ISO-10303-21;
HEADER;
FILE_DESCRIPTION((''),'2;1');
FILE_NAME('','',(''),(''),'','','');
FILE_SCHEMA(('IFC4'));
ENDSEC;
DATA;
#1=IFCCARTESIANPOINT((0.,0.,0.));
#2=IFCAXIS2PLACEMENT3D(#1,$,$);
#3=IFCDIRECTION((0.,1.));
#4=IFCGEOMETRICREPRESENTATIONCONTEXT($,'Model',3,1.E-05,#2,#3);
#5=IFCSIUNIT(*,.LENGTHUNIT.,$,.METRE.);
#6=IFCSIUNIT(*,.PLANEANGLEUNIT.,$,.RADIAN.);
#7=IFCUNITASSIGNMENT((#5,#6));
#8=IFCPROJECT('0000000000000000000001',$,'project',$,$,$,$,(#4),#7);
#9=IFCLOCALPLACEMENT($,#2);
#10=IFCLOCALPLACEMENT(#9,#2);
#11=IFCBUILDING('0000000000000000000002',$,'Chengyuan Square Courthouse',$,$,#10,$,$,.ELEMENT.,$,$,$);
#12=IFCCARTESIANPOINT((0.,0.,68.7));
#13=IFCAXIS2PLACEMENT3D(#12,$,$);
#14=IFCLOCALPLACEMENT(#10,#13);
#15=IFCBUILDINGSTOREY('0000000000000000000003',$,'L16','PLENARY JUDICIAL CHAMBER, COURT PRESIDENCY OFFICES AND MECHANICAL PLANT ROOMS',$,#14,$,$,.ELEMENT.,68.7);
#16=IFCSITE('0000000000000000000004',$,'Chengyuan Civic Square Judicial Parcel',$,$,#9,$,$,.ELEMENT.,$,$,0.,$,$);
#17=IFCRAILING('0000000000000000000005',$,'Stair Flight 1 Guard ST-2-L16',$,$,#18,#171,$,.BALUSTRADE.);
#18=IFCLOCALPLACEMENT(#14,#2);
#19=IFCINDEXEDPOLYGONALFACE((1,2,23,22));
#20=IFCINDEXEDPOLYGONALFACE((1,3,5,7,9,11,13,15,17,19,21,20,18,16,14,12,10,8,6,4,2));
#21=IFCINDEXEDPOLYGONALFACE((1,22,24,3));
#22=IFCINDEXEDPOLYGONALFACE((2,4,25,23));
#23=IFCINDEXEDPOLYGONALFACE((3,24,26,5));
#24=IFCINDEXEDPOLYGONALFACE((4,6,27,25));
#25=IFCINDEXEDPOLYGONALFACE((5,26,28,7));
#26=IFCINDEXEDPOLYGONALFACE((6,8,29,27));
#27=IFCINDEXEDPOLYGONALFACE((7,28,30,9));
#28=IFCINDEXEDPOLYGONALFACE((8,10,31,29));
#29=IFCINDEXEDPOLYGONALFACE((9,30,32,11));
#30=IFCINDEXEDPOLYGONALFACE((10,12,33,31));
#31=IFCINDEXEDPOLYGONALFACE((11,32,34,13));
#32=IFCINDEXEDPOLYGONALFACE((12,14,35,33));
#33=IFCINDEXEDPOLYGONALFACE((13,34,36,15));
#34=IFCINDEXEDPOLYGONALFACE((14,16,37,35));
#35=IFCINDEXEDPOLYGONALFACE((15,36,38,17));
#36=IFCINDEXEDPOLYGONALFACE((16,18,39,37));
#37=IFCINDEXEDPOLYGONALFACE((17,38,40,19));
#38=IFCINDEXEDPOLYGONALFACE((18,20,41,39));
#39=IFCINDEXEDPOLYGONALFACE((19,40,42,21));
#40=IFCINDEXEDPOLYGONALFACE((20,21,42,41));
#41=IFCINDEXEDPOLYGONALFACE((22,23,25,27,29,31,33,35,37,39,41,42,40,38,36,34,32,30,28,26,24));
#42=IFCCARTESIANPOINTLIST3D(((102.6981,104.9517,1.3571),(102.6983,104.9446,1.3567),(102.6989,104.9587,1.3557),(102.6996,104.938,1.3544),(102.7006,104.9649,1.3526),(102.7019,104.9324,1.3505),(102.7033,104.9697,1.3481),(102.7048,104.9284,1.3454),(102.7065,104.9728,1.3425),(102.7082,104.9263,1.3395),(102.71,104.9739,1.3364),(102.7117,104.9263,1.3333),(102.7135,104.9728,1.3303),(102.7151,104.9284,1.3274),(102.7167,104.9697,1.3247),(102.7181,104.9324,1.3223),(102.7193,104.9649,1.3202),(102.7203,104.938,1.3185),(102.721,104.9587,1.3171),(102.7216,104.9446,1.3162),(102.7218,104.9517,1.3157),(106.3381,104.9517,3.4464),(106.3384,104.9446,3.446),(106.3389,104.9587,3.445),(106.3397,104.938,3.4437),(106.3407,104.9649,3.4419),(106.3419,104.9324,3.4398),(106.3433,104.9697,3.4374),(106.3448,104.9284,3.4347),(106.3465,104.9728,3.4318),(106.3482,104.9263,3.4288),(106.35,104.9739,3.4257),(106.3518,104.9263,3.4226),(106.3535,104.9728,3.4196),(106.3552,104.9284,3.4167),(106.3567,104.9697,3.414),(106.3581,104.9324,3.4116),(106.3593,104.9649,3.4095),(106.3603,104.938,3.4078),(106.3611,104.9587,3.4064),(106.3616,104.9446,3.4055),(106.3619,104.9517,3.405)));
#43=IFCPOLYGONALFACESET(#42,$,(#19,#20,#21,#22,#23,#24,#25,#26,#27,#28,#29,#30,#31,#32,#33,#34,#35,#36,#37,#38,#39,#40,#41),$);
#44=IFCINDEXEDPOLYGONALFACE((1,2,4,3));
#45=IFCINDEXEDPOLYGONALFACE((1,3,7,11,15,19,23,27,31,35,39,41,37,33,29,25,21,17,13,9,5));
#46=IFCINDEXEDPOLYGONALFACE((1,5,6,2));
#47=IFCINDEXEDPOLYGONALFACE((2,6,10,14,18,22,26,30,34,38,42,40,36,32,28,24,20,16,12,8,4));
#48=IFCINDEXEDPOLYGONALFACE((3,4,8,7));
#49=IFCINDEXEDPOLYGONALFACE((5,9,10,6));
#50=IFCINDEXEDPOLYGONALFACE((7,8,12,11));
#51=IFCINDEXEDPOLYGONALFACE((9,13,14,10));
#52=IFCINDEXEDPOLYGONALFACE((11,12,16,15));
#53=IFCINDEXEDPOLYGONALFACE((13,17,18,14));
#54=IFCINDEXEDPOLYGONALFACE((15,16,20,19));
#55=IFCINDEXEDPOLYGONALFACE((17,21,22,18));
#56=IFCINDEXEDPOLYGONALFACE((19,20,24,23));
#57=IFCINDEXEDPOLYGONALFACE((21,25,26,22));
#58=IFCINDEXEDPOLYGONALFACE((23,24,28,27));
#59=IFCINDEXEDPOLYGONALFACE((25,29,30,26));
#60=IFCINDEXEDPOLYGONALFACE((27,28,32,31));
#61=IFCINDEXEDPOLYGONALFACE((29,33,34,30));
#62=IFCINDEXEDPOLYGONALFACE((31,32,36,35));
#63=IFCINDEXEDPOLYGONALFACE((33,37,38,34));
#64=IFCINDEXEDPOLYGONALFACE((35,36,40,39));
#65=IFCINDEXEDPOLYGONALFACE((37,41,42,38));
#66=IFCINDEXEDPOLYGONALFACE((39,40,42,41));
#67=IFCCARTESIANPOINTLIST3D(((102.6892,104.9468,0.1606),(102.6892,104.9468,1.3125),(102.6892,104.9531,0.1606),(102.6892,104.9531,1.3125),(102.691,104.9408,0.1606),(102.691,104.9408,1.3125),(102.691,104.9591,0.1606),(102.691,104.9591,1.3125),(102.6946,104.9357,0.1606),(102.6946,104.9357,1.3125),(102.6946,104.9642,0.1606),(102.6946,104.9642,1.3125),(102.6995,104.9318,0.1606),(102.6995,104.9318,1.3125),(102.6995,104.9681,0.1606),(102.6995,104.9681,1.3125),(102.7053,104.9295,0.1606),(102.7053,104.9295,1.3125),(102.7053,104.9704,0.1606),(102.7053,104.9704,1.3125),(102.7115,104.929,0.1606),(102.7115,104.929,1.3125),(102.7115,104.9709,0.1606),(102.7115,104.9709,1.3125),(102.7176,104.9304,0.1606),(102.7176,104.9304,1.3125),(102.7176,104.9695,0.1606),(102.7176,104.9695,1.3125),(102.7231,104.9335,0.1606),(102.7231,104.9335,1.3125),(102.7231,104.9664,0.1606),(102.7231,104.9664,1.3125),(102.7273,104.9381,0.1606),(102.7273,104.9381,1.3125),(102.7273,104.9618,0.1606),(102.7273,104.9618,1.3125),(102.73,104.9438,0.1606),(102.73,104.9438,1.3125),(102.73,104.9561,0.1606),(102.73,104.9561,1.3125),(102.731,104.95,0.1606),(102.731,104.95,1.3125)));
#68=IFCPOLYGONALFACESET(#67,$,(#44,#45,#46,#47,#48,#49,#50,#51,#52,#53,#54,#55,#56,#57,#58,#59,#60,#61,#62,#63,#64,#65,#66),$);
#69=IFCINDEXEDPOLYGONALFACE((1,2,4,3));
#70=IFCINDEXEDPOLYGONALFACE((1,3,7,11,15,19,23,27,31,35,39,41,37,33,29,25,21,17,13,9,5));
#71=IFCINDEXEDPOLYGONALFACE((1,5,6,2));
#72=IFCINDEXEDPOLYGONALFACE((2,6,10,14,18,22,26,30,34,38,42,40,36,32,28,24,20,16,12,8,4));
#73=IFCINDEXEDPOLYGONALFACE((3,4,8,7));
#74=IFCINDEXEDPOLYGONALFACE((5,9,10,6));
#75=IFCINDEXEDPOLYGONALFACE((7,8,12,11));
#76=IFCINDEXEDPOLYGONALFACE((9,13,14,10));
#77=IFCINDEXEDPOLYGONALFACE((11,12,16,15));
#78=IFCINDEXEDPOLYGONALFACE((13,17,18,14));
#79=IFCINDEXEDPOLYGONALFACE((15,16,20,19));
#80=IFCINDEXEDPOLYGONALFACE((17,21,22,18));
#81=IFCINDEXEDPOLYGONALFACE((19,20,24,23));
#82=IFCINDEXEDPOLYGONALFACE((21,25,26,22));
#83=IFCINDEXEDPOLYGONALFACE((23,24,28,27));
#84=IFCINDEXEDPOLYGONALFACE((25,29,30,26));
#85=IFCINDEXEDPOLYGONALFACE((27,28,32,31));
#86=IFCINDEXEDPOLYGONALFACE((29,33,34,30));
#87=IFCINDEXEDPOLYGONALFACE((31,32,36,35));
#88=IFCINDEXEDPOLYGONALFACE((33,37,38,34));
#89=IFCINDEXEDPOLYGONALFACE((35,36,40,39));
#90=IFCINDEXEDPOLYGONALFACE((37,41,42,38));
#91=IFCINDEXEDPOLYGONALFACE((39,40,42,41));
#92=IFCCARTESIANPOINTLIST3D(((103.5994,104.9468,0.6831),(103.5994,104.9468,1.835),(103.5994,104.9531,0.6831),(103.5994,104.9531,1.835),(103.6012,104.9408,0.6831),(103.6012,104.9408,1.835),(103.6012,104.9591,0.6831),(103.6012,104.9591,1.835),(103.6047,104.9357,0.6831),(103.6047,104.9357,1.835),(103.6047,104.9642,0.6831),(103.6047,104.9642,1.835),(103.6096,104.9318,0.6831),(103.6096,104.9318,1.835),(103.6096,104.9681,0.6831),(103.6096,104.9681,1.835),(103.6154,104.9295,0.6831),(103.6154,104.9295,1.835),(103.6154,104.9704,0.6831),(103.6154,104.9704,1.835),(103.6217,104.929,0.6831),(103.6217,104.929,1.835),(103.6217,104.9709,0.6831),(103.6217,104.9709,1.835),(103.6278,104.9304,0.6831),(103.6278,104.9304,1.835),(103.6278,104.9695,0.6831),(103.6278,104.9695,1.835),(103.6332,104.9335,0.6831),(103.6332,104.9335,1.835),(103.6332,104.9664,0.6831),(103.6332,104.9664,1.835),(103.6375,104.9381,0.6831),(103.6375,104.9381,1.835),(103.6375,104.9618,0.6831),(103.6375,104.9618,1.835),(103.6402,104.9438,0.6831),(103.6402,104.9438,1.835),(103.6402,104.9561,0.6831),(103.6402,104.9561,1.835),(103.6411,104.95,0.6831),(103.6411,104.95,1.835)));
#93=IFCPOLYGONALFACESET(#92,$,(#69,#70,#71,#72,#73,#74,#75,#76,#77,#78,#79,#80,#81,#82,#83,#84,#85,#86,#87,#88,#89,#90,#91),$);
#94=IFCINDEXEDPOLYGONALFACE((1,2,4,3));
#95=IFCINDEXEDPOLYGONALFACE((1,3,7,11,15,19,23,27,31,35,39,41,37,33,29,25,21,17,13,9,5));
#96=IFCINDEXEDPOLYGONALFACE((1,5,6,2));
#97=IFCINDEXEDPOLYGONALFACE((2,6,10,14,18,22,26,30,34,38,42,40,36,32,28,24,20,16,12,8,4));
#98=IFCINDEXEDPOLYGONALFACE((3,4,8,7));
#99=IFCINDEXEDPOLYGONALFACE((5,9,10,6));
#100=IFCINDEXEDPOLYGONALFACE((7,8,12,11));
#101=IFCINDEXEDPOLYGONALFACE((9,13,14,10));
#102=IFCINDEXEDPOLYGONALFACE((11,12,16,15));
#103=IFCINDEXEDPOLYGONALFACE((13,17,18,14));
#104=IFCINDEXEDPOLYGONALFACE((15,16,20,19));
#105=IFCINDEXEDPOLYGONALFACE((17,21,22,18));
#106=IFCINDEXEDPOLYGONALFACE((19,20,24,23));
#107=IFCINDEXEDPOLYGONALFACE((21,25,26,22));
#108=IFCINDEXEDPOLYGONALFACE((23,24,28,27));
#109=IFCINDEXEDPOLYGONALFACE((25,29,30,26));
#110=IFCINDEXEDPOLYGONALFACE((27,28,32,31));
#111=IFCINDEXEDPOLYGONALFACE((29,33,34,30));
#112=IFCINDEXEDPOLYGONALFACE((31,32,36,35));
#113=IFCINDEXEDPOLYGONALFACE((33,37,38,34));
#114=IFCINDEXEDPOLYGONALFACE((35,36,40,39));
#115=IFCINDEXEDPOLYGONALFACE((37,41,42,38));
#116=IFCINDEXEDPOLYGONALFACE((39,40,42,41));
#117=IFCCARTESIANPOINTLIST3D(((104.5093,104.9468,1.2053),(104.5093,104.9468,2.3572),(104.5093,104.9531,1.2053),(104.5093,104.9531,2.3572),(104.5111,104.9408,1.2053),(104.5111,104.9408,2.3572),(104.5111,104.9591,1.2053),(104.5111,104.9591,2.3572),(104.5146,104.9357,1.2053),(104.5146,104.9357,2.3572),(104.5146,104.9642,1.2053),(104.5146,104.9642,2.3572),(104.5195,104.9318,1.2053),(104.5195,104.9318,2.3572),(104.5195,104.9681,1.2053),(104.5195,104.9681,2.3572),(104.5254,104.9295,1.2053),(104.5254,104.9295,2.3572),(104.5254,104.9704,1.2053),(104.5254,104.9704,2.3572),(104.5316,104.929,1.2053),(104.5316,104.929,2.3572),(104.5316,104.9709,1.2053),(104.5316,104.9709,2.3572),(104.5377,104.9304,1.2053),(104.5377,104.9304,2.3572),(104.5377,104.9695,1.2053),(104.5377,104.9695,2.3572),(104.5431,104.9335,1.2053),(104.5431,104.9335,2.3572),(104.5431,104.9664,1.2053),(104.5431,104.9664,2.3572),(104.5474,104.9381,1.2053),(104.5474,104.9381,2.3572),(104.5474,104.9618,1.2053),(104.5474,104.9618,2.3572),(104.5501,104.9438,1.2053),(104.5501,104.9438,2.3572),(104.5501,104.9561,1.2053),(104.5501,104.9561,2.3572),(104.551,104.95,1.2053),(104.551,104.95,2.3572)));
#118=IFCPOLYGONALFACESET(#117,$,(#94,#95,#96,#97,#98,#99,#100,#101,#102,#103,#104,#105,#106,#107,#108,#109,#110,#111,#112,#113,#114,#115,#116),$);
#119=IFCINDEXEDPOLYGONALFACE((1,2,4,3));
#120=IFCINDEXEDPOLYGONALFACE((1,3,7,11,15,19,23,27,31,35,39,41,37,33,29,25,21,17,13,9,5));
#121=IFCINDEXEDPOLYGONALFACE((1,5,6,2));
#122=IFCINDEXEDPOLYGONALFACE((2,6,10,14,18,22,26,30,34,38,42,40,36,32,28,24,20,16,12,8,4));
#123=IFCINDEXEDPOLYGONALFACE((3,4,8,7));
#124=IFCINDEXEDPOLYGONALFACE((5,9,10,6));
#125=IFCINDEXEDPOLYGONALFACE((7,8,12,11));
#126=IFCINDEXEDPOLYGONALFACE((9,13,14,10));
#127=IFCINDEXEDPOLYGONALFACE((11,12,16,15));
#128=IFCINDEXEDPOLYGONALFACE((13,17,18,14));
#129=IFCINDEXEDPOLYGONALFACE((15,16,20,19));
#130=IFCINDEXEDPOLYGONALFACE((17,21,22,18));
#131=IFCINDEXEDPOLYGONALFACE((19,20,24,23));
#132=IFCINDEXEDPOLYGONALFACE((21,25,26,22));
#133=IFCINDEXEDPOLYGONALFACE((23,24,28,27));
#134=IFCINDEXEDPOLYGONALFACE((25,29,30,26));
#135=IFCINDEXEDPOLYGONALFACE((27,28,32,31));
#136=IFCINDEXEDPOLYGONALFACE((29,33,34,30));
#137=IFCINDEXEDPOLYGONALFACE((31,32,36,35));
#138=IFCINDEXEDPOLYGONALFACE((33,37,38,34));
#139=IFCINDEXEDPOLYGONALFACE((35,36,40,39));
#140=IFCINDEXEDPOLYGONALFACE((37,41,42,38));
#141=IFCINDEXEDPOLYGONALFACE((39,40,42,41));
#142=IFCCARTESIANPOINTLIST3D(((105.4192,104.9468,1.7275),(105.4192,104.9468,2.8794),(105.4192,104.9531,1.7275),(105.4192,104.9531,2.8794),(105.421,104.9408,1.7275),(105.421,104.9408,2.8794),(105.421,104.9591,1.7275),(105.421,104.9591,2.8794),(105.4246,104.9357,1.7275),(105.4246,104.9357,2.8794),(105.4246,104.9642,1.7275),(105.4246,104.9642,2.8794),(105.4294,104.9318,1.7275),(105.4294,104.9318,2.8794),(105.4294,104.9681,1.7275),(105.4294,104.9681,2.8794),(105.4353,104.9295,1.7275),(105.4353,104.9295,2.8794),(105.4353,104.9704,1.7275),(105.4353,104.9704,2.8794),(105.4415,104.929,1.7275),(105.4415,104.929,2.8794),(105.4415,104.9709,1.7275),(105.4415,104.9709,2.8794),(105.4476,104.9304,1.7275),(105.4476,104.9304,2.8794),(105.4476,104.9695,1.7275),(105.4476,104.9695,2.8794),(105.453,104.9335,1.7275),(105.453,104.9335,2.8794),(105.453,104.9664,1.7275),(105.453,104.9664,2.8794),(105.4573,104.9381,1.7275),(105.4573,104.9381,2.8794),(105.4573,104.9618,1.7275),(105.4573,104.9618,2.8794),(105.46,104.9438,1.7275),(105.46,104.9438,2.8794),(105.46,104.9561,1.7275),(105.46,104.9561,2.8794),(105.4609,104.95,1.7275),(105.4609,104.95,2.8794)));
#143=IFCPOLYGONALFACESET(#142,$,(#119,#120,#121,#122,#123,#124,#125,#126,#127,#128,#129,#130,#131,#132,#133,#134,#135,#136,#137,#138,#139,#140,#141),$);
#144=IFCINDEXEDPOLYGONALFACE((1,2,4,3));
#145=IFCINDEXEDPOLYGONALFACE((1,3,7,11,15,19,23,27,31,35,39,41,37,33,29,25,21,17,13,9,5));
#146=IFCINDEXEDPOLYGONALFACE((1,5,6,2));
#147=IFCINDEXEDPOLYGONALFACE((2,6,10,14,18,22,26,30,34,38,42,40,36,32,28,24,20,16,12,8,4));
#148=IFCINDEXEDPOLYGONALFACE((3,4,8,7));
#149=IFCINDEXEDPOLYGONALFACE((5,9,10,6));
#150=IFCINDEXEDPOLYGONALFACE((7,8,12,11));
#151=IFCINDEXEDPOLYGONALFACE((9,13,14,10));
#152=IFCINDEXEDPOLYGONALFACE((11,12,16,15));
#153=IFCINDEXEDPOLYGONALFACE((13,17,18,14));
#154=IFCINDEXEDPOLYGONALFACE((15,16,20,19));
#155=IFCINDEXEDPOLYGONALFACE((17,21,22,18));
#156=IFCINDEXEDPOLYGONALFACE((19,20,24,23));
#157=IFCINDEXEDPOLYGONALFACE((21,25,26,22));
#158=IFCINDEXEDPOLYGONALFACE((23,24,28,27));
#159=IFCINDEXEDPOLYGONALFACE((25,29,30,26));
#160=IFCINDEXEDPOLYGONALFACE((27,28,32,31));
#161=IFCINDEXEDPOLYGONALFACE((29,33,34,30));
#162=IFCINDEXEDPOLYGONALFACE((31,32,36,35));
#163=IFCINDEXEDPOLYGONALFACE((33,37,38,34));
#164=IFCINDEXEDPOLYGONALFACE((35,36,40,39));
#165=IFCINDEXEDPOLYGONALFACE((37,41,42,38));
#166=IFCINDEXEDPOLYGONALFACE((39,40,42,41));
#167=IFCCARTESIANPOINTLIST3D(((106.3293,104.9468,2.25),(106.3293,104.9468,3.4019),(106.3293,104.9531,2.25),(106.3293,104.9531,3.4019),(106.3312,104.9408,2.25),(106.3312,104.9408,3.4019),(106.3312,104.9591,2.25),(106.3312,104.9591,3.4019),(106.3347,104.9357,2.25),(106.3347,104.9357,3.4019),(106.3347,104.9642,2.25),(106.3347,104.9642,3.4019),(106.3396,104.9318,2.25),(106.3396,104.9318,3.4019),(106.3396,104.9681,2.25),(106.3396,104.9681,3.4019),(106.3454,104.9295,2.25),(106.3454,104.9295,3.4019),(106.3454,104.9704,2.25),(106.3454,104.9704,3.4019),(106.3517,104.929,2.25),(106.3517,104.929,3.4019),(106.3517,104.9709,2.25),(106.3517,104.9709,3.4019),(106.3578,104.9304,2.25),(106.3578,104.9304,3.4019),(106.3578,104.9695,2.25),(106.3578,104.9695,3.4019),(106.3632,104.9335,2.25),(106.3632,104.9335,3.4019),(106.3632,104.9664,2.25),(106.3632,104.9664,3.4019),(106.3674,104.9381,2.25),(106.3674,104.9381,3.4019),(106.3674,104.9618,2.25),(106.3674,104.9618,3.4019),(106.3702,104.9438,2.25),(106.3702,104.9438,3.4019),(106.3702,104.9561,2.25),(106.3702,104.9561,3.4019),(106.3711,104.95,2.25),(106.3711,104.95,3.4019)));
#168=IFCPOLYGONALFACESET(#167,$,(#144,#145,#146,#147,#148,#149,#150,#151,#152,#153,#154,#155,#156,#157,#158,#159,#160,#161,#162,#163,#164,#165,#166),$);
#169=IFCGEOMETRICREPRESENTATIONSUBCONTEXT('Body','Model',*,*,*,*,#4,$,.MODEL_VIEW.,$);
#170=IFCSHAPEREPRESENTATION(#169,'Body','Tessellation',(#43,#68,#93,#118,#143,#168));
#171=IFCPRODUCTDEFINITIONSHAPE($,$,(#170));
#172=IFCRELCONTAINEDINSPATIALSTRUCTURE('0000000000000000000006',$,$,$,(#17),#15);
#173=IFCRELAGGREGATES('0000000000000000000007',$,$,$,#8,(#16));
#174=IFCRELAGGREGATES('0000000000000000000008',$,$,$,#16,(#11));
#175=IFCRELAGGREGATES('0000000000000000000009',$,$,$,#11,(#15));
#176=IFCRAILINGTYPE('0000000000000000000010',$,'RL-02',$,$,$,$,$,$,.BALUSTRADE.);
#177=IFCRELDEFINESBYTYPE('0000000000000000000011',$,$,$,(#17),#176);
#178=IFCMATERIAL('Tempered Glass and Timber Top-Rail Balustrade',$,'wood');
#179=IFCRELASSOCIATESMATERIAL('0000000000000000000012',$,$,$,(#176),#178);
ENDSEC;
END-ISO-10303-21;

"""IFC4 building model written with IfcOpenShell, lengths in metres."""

from ifc_helpers import new_model, si_unit, direction, frame, origin, origin_2d, place, context, subcontext, project, spatial, circle, extrude, material, type_object, element, save


model = new_model("IFC4")

# Units and contexts
model_context = context("Model", 3, precision=1e-05, world=origin(), true_north=direction((0.0, 1.0)))
body_context = subcontext(model_context, "Body", "Model", "MODEL_VIEW")
ifc_project = project(units=[si_unit("LENGTHUNIT", "METRE"), si_unit("PLANEANGLEUNIT", "RADIAN")], contexts=[model_context])

# Site, building, storey
site_placement = place(None, origin())
site = spatial("IfcSite", under=ifc_project, at=site_placement, Name="Chengyuan Civic Square Judicial Parcel", CompositionType="ELEMENT", RefElevation=0.0)
building_placement = place(site_placement, origin())
building = spatial("IfcBuilding", under=site, at=building_placement, Name="Chengyuan Square Courthouse", CompositionType="ELEMENT")
storey_placement = place(building_placement, frame((0.0, 0.0, 68.7)))
storey = spatial("IfcBuildingStorey", under=building, at=storey_placement, Name="L16", Description="PLENARY JUDICIAL CHAMBER, COURT PRESIDENCY OFFICES AND MECHANICAL PLANT ROOMS", CompositionType="ELEMENT", Elevation=68.7)

# Railing
ifc_material_1 = material(Name="Tempered Glass and Timber Top-Rail Balustrade", Category="wood")
railing_type_1 = type_object("IfcRailingType", Name="RL-02", PredefinedType="BALUSTRADE", material=ifc_material_1)
railing_1_placement = place(storey_placement, frame((102.71, 104.95, 0.1606)))
element("IfcRailing", 1, at=railing_1_placement, inside=storey, type_object=railing_type_1, Name="Stair Flight 1 Guard ST-2-L16", PredefinedType="BALUSTRADE", context=body_context, shape_type="SweptSolid", body=[
    extrude(circle(Radius=0.0239, at=origin_2d()), frame((0.0, 0.0, 1.1758), z_axis=(0.867289, 0.0, 0.497804), x_axis=(0.0, 1.0, 0.0)), (0.0, 0.0, 1.0), 4.197),
    extrude(circle(Radius=0.021, at=origin_2d()), origin(), (0.0, 0.0, 1.0), 1.1519),
    extrude(circle(Radius=0.021, at=origin_2d()), frame((0.9102, 0.0, 0.5225)), (0.0, 0.0, 1.0), 1.1519),
    extrude(circle(Radius=0.021, at=origin_2d()), frame((1.8201, 0.0, 1.0447)), (0.0, 0.0, 1.0), 1.1519),
    extrude(circle(Radius=0.021, at=origin_2d()), frame((2.73, 0.0, 1.5669)), (0.0, 0.0, 1.0), 1.1519),
    extrude(circle(Radius=0.021, at=origin_2d()), frame((3.6401, 0.0, 2.0894)), (0.0, 0.0, 1.0), 1.1519),
])

save(model, "model.ifc")
